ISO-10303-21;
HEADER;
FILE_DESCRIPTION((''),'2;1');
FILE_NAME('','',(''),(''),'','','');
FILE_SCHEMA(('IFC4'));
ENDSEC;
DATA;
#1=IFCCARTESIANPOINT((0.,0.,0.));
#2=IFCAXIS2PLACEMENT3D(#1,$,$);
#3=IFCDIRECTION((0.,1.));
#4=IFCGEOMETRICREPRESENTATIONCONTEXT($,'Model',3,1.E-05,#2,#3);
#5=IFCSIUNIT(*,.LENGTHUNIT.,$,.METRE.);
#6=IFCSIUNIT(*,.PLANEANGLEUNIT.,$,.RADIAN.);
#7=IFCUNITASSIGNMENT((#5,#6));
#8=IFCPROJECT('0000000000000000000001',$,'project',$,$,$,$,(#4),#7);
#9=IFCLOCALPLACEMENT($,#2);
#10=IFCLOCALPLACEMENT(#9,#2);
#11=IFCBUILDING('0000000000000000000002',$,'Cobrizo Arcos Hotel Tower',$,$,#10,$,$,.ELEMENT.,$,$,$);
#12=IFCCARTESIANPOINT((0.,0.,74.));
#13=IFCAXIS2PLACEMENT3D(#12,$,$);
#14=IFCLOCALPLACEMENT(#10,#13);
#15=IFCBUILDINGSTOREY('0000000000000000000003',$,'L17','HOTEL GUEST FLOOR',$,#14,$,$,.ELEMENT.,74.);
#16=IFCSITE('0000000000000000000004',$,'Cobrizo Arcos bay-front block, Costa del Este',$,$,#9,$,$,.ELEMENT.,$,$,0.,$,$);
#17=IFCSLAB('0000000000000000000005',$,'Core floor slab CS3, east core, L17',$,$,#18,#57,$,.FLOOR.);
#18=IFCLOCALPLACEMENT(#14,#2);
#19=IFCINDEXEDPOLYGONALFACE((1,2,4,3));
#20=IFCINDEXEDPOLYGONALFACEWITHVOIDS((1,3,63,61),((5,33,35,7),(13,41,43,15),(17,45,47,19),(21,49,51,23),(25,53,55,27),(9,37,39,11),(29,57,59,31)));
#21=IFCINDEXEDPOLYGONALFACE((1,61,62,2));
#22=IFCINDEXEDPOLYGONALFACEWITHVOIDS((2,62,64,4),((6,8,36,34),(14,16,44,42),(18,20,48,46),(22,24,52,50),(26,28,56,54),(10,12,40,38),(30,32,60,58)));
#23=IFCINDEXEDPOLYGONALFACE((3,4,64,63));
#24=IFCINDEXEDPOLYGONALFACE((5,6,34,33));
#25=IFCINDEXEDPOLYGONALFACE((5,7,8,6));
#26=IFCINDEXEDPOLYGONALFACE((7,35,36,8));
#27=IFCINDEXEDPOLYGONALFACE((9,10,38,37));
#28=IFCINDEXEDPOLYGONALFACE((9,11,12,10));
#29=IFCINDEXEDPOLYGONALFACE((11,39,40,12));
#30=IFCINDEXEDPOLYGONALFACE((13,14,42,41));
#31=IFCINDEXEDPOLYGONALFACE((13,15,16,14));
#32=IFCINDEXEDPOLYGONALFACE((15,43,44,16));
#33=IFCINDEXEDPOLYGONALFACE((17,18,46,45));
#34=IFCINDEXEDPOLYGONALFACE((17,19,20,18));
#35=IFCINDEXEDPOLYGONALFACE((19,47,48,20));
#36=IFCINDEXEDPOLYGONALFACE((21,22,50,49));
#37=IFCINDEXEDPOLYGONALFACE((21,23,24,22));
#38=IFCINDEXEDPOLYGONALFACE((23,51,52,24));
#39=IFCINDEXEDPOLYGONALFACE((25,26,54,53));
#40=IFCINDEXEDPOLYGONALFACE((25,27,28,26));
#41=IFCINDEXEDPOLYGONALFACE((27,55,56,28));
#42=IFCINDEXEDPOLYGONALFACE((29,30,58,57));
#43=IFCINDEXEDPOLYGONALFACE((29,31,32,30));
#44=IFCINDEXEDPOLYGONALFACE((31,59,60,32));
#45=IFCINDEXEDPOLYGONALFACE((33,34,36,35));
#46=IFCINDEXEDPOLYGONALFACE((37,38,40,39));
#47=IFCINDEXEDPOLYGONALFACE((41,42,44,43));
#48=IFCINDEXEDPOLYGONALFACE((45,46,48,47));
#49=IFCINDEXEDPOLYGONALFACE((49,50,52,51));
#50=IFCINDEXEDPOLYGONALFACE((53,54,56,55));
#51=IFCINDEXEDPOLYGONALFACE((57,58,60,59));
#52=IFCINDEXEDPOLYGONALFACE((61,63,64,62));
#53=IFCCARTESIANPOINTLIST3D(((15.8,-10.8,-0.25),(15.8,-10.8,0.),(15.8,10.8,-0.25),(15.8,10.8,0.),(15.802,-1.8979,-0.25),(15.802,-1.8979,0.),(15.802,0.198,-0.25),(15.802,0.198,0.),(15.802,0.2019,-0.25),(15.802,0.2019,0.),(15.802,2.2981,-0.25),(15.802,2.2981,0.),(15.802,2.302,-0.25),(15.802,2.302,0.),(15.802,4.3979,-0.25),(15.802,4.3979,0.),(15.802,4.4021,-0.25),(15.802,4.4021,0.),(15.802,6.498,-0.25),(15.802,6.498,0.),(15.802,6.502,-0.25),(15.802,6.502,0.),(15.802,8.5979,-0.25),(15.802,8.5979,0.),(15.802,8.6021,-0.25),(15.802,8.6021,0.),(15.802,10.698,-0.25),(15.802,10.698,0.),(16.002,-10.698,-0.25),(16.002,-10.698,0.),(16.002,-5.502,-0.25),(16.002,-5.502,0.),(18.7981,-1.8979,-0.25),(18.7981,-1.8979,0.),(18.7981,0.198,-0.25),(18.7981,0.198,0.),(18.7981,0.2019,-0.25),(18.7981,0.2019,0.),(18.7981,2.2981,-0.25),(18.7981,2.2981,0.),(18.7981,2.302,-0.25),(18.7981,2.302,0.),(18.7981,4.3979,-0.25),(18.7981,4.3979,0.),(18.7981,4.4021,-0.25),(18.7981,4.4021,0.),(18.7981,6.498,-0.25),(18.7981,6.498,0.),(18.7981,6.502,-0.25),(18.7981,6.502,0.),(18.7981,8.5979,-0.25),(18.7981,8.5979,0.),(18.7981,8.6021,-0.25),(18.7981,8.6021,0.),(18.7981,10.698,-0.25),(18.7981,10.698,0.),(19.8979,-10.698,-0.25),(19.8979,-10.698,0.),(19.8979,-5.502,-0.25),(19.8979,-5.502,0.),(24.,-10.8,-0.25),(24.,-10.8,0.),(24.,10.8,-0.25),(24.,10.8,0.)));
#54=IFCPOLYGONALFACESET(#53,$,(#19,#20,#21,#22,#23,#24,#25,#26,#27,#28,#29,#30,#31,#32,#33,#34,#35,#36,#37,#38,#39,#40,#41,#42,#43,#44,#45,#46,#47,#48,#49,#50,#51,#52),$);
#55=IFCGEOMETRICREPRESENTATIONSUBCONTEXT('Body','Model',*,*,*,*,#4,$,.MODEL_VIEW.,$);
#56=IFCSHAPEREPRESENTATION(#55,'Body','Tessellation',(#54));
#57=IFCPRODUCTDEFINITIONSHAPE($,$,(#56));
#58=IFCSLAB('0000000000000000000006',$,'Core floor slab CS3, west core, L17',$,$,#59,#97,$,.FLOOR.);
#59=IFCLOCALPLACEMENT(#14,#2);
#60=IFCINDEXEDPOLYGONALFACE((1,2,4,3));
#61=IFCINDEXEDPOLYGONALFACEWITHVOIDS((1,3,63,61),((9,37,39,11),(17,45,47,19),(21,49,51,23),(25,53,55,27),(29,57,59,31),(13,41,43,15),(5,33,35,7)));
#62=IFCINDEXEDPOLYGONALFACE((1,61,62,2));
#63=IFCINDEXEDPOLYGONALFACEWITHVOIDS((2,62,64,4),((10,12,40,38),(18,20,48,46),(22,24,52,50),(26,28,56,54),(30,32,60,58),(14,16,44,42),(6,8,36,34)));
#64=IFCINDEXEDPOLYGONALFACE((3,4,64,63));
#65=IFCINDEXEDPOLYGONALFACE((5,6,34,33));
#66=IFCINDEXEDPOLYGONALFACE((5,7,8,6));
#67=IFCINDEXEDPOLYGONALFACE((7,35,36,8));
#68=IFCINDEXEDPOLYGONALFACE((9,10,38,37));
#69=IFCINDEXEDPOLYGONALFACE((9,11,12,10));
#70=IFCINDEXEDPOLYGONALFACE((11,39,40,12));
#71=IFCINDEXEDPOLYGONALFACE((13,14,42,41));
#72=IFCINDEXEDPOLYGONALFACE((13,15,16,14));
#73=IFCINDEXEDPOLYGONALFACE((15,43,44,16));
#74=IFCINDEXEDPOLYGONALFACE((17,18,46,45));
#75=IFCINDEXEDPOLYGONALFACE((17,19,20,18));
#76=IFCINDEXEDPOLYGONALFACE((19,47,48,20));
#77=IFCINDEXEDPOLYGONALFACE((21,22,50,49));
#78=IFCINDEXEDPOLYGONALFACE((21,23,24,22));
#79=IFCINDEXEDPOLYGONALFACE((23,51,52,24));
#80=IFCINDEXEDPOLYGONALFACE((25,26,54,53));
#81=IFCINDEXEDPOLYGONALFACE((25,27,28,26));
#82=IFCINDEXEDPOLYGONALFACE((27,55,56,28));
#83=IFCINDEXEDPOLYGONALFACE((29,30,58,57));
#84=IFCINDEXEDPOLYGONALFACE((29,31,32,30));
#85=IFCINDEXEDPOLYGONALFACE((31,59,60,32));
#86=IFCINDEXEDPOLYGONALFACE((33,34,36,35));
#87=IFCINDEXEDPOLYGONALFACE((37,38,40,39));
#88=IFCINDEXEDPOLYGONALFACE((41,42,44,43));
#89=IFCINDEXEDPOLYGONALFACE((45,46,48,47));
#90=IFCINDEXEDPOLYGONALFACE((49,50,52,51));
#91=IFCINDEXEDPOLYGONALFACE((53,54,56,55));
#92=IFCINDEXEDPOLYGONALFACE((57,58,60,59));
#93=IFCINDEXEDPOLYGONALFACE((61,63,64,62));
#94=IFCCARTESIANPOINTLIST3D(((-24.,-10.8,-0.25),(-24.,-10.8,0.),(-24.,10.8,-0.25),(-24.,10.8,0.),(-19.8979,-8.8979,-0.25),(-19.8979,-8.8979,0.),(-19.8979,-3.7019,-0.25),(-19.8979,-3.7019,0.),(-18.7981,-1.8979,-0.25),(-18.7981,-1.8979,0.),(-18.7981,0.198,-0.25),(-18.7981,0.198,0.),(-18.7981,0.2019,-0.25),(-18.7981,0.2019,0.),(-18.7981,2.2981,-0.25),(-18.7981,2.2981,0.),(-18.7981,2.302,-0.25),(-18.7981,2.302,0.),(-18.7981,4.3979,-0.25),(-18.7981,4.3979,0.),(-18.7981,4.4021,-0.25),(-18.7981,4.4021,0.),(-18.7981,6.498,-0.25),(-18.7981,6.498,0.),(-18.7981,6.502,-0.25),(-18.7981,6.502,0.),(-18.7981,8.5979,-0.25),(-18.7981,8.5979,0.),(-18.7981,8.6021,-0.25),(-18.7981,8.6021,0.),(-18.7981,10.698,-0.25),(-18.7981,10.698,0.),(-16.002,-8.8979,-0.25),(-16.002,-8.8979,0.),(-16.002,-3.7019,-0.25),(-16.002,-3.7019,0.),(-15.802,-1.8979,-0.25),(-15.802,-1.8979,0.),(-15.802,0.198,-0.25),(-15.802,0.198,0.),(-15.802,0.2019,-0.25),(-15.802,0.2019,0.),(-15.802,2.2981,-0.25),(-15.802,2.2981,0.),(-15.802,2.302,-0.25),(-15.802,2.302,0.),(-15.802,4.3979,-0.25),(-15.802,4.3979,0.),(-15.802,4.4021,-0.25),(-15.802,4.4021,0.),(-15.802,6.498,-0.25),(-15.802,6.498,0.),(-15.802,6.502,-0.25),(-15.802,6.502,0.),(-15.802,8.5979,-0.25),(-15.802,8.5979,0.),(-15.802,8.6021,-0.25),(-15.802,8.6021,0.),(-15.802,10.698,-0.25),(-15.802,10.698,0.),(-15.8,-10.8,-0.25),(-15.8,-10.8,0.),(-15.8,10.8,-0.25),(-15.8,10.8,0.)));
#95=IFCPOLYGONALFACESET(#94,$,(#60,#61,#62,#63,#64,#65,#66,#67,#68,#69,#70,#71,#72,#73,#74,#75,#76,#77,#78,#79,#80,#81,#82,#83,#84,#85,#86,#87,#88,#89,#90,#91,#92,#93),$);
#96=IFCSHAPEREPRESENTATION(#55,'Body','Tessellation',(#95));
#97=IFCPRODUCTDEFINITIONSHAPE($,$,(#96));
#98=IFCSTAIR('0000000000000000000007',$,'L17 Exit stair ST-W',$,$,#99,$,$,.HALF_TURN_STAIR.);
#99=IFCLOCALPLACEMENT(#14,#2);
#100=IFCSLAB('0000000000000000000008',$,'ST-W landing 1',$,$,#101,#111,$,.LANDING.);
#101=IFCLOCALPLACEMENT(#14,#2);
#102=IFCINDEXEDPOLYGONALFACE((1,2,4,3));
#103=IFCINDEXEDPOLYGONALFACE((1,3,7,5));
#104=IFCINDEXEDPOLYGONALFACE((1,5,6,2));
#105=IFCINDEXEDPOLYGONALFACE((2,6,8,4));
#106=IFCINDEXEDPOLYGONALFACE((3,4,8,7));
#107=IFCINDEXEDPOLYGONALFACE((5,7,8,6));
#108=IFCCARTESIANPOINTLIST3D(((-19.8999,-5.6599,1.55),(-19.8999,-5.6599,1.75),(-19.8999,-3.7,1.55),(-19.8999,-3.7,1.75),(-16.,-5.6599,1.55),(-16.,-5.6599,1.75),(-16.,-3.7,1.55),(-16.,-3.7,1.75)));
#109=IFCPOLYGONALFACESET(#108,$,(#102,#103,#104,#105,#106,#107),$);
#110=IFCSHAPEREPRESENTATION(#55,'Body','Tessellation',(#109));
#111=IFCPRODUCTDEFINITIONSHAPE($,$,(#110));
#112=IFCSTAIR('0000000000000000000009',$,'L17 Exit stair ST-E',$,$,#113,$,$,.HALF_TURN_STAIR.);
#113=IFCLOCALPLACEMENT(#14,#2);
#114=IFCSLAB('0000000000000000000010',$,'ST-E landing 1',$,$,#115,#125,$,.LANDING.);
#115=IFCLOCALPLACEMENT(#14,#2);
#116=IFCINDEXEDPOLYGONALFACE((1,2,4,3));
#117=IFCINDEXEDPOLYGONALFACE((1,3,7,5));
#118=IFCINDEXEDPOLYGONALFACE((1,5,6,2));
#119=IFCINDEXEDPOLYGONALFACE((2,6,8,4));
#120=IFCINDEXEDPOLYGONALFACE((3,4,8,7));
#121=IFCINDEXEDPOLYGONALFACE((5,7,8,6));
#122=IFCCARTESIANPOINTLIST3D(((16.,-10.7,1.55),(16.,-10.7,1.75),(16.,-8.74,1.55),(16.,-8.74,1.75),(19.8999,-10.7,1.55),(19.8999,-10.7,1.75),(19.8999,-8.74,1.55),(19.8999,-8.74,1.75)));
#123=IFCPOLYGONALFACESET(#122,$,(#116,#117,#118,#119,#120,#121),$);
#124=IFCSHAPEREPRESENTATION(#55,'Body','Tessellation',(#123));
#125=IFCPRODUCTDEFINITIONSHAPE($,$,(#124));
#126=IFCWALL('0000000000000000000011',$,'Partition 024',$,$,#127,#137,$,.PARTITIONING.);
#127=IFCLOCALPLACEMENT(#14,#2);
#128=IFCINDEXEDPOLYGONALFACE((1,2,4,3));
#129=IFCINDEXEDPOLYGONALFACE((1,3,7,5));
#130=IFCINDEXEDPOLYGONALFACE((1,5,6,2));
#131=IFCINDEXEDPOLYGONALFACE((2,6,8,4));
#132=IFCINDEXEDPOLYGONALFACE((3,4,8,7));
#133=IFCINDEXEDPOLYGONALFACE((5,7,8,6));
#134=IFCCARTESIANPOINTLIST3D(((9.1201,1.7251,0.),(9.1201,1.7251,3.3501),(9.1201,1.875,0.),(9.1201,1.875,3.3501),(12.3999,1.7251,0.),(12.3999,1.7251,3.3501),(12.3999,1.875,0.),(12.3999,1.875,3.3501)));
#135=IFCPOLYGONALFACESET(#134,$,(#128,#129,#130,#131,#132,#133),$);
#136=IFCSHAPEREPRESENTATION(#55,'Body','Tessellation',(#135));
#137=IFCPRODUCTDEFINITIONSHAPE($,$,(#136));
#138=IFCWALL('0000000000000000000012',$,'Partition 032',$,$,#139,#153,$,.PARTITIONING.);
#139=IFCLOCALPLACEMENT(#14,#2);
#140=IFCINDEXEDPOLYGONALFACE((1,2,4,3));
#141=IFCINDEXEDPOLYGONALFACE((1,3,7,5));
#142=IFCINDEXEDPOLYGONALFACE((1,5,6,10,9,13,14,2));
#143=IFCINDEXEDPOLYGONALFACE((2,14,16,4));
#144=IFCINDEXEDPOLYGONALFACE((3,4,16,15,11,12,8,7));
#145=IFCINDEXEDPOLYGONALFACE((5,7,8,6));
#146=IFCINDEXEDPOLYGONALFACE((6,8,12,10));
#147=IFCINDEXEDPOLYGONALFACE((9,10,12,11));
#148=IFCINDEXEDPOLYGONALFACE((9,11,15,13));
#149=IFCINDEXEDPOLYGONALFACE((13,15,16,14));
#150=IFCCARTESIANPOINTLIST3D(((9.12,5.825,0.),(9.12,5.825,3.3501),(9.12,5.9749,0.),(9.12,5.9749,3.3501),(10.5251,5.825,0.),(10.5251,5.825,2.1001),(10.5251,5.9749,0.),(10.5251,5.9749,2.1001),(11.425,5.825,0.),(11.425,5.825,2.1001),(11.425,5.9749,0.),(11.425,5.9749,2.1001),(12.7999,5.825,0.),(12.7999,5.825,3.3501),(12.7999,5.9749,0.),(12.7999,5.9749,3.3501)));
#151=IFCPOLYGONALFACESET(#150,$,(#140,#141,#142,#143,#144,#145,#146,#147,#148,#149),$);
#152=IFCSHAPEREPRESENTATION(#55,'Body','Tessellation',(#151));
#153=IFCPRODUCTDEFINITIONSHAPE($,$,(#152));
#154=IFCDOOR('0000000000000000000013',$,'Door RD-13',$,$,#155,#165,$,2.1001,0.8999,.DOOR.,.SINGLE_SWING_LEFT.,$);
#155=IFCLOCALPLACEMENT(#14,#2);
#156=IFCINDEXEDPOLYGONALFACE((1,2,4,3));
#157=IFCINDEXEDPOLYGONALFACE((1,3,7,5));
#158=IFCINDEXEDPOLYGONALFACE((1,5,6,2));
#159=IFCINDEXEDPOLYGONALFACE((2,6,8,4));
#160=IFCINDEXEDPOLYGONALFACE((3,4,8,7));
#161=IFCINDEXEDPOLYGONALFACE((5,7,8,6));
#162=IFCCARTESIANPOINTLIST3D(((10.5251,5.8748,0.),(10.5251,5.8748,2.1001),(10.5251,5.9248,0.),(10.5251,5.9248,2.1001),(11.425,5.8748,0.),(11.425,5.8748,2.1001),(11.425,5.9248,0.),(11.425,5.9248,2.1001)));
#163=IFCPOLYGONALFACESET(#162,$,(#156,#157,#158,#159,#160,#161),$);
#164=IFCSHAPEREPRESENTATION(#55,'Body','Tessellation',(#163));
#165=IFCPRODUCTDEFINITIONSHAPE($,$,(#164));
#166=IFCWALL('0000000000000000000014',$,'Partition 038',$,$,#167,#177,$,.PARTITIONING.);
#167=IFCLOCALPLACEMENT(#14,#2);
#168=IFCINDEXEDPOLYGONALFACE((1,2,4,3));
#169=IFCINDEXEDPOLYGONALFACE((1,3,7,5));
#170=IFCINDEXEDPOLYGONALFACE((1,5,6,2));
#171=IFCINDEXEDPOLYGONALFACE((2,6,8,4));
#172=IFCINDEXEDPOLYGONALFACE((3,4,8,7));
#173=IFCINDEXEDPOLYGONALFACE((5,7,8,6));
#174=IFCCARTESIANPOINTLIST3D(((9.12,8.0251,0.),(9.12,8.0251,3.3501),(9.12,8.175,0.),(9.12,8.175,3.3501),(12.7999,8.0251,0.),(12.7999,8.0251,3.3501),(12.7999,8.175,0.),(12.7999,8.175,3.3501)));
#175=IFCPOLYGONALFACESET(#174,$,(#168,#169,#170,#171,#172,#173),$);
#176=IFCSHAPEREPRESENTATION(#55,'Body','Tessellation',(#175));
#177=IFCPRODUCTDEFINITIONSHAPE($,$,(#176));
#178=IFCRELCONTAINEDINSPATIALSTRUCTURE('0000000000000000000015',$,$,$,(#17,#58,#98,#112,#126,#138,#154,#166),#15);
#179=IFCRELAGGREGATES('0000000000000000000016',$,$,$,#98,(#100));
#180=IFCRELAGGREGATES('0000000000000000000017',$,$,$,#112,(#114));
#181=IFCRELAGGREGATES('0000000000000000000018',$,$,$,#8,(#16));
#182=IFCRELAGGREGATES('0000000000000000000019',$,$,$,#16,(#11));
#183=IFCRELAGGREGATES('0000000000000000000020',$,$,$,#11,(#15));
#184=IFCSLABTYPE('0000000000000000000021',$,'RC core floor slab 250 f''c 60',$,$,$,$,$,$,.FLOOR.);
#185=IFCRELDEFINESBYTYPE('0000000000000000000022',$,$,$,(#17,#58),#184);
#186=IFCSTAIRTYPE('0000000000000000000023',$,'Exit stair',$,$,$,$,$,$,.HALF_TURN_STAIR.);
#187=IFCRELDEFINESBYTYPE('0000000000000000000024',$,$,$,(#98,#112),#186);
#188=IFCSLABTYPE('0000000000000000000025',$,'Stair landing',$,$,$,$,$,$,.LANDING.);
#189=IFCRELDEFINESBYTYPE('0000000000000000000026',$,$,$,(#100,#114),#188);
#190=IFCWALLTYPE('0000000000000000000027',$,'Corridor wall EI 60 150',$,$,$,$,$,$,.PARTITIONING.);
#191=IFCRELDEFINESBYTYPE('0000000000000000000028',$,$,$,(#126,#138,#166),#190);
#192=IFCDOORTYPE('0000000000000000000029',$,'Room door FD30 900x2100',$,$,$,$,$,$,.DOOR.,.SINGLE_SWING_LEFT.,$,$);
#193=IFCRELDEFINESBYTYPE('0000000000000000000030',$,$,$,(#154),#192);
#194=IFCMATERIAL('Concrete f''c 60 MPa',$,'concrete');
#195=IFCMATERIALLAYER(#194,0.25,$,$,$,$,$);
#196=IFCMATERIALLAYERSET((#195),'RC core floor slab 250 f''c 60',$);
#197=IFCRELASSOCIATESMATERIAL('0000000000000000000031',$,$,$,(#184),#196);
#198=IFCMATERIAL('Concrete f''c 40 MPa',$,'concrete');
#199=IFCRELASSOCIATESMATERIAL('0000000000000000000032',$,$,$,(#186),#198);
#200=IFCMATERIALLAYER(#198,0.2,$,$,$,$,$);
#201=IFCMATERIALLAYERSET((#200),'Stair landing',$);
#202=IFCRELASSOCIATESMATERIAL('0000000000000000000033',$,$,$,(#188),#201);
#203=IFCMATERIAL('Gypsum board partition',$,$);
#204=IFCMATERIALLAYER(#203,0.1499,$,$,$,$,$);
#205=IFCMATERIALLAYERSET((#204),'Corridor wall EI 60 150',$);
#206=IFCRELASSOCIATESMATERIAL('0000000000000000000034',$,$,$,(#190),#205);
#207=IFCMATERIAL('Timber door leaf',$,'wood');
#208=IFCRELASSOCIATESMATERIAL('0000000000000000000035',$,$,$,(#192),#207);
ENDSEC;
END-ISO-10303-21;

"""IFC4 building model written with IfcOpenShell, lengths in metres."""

from ifc_helpers import new_model, si_unit, direction, frame, frame_2d, origin, place, context, subcontext, project, spatial, polyline, rectangle, outline, extrude, material, layer, layer_set, type_object, element, fill, aggregate, save


model = new_model("IFC4")

# Units and contexts
model_context = context("Model", 3, precision=1e-05, world=origin(), true_north=direction((0.0, 1.0)))
body_context = subcontext(model_context, "Body", "Model", "MODEL_VIEW")
ifc_project = project(units=[si_unit("LENGTHUNIT", "METRE"), si_unit("PLANEANGLEUNIT", "RADIAN")], contexts=[model_context])

# Site, building, storey
site_placement = place(None, origin())
site = spatial("IfcSite", under=ifc_project, at=site_placement, Name="Cobrizo Arcos bay-front block, Costa del Este", CompositionType="ELEMENT", RefElevation=0.0)
building_placement = place(site_placement, origin())
building = spatial("IfcBuilding", under=site, at=building_placement, Name="Cobrizo Arcos Hotel Tower", CompositionType="ELEMENT")
storey_placement = place(building_placement, frame((0.0, 0.0, 74.0)))
storey = spatial("IfcBuildingStorey", under=building, at=storey_placement, Name="L17", Description="HOTEL GUEST FLOOR", CompositionType="ELEMENT", Elevation=74.0)

# Slabs
ifc_material_1 = material(Name="Concrete f'c 60 MPa", Category="concrete")
ifc_layer_1 = layer(ifc_material_1, 0.25)
ifc_layer_set_1 = layer_set([ifc_layer_1], Name="RC core floor slab 250 f'c 60")
slab_type_1 = type_object("IfcSlabType", Name="RC core floor slab 250 f'c 60", PredefinedType="FLOOR", material=ifc_layer_set_1)
slab_1_placement = place(storey_placement, frame((0.0, 0.0, -0.25)))
element("IfcSlab", 1, at=slab_1_placement, inside=storey, type_object=slab_type_1, Name="Core floor slab CS3, east core, L17", PredefinedType="FLOOR", context=body_context, shape_type="SweptSolid", body=[
    extrude(outline(polyline([(15.8, 10.8), (24.0, 10.8), (24.0, -10.8), (15.8, -10.8), (15.8, 10.8)]), holes=[polyline([(19.8979, -10.698), (19.8979, -5.502), (16.002, -5.502), (16.002, -10.698), (19.8979, -10.698)]), polyline([(15.802, 0.198), (15.802, -1.8979), (18.7981, -1.8979), (18.7981, 0.198), (15.802, 0.198)]), polyline([(18.7981, 2.2981), (15.802, 2.2981), (15.802, 0.2019), (18.7981, 0.2019), (18.7981, 2.2981)]), polyline([(18.7981, 4.3979), (15.802, 4.3979), (15.802, 2.302), (18.7981, 2.302), (18.7981, 4.3979)]), polyline([(15.802, 6.498), (15.802, 4.4021), (18.7981, 4.4021), (18.7981, 6.498), (15.802, 6.498)]), polyline([(18.7981, 8.5979), (15.802, 8.5979), (15.802, 6.502), (18.7981, 6.502), (18.7981, 8.5979)]), polyline([(18.7981, 10.698), (15.802, 10.698), (15.802, 8.6021), (18.7981, 8.6021), (18.7981, 10.698)])]), origin(), (0.0, 0.0, 1.0), 0.25),
])
slab_2_placement = place(storey_placement, frame((0.0, 0.0, -0.25)))
element("IfcSlab", 2, at=slab_2_placement, inside=storey, type_object=slab_type_1, Name="Core floor slab CS3, west core, L17", PredefinedType="FLOOR", context=body_context, shape_type="SweptSolid", body=[
    extrude(outline(polyline([(-24.0, 10.8), (-15.8, 10.8), (-15.8, -10.8), (-24.0, -10.8), (-24.0, 10.8)]), holes=[polyline([(-19.8979, -3.7019), (-19.8979, -8.8979), (-16.002, -8.8979), (-16.002, -3.7019), (-19.8979, -3.7019)]), polyline([(-18.7981, 0.198), (-18.7981, -1.8979), (-15.802, -1.8979), (-15.802, 0.198), (-18.7981, 0.198)]), polyline([(-15.802, 2.2981), (-18.7981, 2.2981), (-18.7981, 0.2019), (-15.802, 0.2019), (-15.802, 2.2981)]), polyline([(-15.802, 4.3979), (-18.7981, 4.3979), (-18.7981, 2.302), (-15.802, 2.302), (-15.802, 4.3979)]), polyline([(-18.7981, 6.498), (-18.7981, 4.4021), (-15.802, 4.4021), (-15.802, 6.498), (-18.7981, 6.498)]), polyline([(-15.802, 8.5979), (-18.7981, 8.5979), (-18.7981, 6.502), (-15.802, 6.502), (-15.802, 8.5979)]), polyline([(-15.802, 10.698), (-18.7981, 10.698), (-18.7981, 8.6021), (-15.802, 8.6021), (-15.802, 10.698)])]), origin(), (0.0, 0.0, 1.0), 0.25),
])

# Stairs, slabs
ifc_material_2 = material(Name="Concrete f'c 40 MPa", Category="concrete")
stair_type = type_object("IfcStairType", Name="Exit stair", PredefinedType="HALF_TURN_STAIR", material=ifc_material_2)
stair_1_placement = place(storey_placement, origin())
stair_1 = element("IfcStair", 3, at=stair_1_placement, inside=storey, type_object=stair_type, Name="L17 Exit stair ST-W", PredefinedType="HALF_TURN_STAIR")
ifc_layer_2 = layer(ifc_material_2, 0.2)
ifc_layer_set_2 = layer_set([ifc_layer_2], Name="Stair landing")
slab_type_2 = type_object("IfcSlabType", Name="Stair landing", PredefinedType="LANDING", material=ifc_layer_set_2)
slab_3_placement = place(storey_placement, frame((0.0, 0.0, 1.55)))
slab_3 = element("IfcSlab", 4, at=slab_3_placement, type_object=slab_type_2, Name="ST-W landing 1", PredefinedType="LANDING", context=body_context, shape_type="SweptSolid", body=[
    extrude(outline(polyline([(-16.0, -5.6599), (-16.0, -3.7), (-19.8999, -3.7), (-19.8999, -5.6599), (-16.0, -5.6599)])), origin(), (0.0, 0.0, 1.0), 0.2),
])
aggregate(stair_1, [slab_3])
stair_2_placement = place(storey_placement, origin())
stair_2 = element("IfcStair", 5, at=stair_2_placement, inside=storey, type_object=stair_type, Name="L17 Exit stair ST-E", PredefinedType="HALF_TURN_STAIR")
slab_4_placement = place(storey_placement, frame((0.0, 0.0, 1.55)))
slab_4 = element("IfcSlab", 6, at=slab_4_placement, type_object=slab_type_2, Name="ST-E landing 1", PredefinedType="LANDING", context=body_context, shape_type="SweptSolid", body=[
    extrude(outline(polyline([(16.0, -8.74), (16.0, -10.7), (19.8999, -10.7), (19.8999, -8.74), (16.0, -8.74)])), origin(), (0.0, 0.0, 1.0), 0.2),
])
aggregate(stair_2, [slab_4])

# Wall
ifc_material_3 = material(Name="Gypsum board partition")
ifc_layer_3 = layer(ifc_material_3, 0.1499)
ifc_layer_set_3 = layer_set([ifc_layer_3], Name="Corridor wall EI 60 150")
wall_type_1 = type_object("IfcWallType", Name="Corridor wall EI 60 150", PredefinedType="PARTITIONING", material=ifc_layer_set_3)
wall_1_placement = place(storey_placement, frame((9.1201, 1.8, 0.0), z_axis=(0.0, 0.0, 1.0), x_axis=(1.0, 0.0, 0.0)))
element("IfcWall", 7, at=wall_1_placement, inside=storey, type_object=wall_type_1, Name="Partition 024", PredefinedType="PARTITIONING", context=body_context, shape_type="SweptSolid", body=[
    extrude(rectangle(XDim=3.2798, YDim=0.1499, at=frame_2d((1.6399, 0.0))), origin(), (0.0, 0.0, 1.0), 3.3501),
])

# Wall, opening, door
wall_2_placement = place(storey_placement, frame((9.1201, 5.8999, 0.0), z_axis=(0.0, 0.0, 1.0), x_axis=(1.0, 0.0, 0.0)))
wall_2 = element("IfcWall", 8, at=wall_2_placement, inside=storey, type_object=wall_type_1, Name="Partition 032", PredefinedType="PARTITIONING", context=body_context, shape_type="SweptSolid", body=[
    extrude(rectangle(XDim=3.6799, YDim=0.1499, at=frame_2d((1.8398, 0.0))), origin(), (0.0, 0.0, 1.0), 3.3501),
])
opening_1_placement = place(wall_2_placement, frame((1.405, 0.0, 0.0)))
opening_1 = element("IfcOpeningElement", 9, at=opening_1_placement, cuts=wall_2, PredefinedType="OPENING", context=body_context, shape_type="SweptSolid", body=[
    extrude(rectangle(XDim=0.8999, YDim=2.1001, at=frame_2d((0.45, 1.05))), frame((0.0, 0.0869, 0.0), z_axis=(0.0, -1.0, 0.0), x_axis=(1.0, 0.0, 0.0)), (0.0, 0.0, 1.0), 0.1738),
])
ifc_material_4 = material(Name="Timber door leaf", Category="wood")
door_type_1 = type_object("IfcDoorType", Name="Room door FD30 900x2100", OperationType="SINGLE_SWING_LEFT", PredefinedType="DOOR", material=ifc_material_4)
door_1_placement = place(opening_1_placement, origin())
door_1 = element("IfcDoor", 10, at=door_1_placement, inside=storey, type_object=door_type_1, Name="Door RD-13", OperationType="SINGLE_SWING_LEFT", OverallHeight=2.1001, OverallWidth=0.8999, PredefinedType="DOOR", context=body_context, shape_type="SweptSolid", body=[
    extrude(rectangle(XDim=0.8999, YDim=2.1001, at=frame_2d((0.45, 1.05))), frame((0.0, 0.0249, 0.0), z_axis=(0.0, -1.0, 0.0), x_axis=(1.0, 0.0, 0.0)), (0.0, 0.0, 1.0), 0.05),
])
fill(opening_1, door_1)

# Wall
wall_3_placement = place(storey_placement, frame((9.1201, 8.1001, 0.0), z_axis=(0.0, 0.0, 1.0), x_axis=(1.0, 0.0, 0.0)))
element("IfcWall", 11, at=wall_3_placement, inside=storey, type_object=wall_type_1, Name="Partition 038", PredefinedType="PARTITIONING", context=body_context, shape_type="SweptSolid", body=[
    extrude(rectangle(XDim=3.6799, YDim=0.1499, at=frame_2d((1.8398, 0.0))), origin(), (0.0, 0.0, 1.0), 3.3501),
])

save(model, "model.ifc")
